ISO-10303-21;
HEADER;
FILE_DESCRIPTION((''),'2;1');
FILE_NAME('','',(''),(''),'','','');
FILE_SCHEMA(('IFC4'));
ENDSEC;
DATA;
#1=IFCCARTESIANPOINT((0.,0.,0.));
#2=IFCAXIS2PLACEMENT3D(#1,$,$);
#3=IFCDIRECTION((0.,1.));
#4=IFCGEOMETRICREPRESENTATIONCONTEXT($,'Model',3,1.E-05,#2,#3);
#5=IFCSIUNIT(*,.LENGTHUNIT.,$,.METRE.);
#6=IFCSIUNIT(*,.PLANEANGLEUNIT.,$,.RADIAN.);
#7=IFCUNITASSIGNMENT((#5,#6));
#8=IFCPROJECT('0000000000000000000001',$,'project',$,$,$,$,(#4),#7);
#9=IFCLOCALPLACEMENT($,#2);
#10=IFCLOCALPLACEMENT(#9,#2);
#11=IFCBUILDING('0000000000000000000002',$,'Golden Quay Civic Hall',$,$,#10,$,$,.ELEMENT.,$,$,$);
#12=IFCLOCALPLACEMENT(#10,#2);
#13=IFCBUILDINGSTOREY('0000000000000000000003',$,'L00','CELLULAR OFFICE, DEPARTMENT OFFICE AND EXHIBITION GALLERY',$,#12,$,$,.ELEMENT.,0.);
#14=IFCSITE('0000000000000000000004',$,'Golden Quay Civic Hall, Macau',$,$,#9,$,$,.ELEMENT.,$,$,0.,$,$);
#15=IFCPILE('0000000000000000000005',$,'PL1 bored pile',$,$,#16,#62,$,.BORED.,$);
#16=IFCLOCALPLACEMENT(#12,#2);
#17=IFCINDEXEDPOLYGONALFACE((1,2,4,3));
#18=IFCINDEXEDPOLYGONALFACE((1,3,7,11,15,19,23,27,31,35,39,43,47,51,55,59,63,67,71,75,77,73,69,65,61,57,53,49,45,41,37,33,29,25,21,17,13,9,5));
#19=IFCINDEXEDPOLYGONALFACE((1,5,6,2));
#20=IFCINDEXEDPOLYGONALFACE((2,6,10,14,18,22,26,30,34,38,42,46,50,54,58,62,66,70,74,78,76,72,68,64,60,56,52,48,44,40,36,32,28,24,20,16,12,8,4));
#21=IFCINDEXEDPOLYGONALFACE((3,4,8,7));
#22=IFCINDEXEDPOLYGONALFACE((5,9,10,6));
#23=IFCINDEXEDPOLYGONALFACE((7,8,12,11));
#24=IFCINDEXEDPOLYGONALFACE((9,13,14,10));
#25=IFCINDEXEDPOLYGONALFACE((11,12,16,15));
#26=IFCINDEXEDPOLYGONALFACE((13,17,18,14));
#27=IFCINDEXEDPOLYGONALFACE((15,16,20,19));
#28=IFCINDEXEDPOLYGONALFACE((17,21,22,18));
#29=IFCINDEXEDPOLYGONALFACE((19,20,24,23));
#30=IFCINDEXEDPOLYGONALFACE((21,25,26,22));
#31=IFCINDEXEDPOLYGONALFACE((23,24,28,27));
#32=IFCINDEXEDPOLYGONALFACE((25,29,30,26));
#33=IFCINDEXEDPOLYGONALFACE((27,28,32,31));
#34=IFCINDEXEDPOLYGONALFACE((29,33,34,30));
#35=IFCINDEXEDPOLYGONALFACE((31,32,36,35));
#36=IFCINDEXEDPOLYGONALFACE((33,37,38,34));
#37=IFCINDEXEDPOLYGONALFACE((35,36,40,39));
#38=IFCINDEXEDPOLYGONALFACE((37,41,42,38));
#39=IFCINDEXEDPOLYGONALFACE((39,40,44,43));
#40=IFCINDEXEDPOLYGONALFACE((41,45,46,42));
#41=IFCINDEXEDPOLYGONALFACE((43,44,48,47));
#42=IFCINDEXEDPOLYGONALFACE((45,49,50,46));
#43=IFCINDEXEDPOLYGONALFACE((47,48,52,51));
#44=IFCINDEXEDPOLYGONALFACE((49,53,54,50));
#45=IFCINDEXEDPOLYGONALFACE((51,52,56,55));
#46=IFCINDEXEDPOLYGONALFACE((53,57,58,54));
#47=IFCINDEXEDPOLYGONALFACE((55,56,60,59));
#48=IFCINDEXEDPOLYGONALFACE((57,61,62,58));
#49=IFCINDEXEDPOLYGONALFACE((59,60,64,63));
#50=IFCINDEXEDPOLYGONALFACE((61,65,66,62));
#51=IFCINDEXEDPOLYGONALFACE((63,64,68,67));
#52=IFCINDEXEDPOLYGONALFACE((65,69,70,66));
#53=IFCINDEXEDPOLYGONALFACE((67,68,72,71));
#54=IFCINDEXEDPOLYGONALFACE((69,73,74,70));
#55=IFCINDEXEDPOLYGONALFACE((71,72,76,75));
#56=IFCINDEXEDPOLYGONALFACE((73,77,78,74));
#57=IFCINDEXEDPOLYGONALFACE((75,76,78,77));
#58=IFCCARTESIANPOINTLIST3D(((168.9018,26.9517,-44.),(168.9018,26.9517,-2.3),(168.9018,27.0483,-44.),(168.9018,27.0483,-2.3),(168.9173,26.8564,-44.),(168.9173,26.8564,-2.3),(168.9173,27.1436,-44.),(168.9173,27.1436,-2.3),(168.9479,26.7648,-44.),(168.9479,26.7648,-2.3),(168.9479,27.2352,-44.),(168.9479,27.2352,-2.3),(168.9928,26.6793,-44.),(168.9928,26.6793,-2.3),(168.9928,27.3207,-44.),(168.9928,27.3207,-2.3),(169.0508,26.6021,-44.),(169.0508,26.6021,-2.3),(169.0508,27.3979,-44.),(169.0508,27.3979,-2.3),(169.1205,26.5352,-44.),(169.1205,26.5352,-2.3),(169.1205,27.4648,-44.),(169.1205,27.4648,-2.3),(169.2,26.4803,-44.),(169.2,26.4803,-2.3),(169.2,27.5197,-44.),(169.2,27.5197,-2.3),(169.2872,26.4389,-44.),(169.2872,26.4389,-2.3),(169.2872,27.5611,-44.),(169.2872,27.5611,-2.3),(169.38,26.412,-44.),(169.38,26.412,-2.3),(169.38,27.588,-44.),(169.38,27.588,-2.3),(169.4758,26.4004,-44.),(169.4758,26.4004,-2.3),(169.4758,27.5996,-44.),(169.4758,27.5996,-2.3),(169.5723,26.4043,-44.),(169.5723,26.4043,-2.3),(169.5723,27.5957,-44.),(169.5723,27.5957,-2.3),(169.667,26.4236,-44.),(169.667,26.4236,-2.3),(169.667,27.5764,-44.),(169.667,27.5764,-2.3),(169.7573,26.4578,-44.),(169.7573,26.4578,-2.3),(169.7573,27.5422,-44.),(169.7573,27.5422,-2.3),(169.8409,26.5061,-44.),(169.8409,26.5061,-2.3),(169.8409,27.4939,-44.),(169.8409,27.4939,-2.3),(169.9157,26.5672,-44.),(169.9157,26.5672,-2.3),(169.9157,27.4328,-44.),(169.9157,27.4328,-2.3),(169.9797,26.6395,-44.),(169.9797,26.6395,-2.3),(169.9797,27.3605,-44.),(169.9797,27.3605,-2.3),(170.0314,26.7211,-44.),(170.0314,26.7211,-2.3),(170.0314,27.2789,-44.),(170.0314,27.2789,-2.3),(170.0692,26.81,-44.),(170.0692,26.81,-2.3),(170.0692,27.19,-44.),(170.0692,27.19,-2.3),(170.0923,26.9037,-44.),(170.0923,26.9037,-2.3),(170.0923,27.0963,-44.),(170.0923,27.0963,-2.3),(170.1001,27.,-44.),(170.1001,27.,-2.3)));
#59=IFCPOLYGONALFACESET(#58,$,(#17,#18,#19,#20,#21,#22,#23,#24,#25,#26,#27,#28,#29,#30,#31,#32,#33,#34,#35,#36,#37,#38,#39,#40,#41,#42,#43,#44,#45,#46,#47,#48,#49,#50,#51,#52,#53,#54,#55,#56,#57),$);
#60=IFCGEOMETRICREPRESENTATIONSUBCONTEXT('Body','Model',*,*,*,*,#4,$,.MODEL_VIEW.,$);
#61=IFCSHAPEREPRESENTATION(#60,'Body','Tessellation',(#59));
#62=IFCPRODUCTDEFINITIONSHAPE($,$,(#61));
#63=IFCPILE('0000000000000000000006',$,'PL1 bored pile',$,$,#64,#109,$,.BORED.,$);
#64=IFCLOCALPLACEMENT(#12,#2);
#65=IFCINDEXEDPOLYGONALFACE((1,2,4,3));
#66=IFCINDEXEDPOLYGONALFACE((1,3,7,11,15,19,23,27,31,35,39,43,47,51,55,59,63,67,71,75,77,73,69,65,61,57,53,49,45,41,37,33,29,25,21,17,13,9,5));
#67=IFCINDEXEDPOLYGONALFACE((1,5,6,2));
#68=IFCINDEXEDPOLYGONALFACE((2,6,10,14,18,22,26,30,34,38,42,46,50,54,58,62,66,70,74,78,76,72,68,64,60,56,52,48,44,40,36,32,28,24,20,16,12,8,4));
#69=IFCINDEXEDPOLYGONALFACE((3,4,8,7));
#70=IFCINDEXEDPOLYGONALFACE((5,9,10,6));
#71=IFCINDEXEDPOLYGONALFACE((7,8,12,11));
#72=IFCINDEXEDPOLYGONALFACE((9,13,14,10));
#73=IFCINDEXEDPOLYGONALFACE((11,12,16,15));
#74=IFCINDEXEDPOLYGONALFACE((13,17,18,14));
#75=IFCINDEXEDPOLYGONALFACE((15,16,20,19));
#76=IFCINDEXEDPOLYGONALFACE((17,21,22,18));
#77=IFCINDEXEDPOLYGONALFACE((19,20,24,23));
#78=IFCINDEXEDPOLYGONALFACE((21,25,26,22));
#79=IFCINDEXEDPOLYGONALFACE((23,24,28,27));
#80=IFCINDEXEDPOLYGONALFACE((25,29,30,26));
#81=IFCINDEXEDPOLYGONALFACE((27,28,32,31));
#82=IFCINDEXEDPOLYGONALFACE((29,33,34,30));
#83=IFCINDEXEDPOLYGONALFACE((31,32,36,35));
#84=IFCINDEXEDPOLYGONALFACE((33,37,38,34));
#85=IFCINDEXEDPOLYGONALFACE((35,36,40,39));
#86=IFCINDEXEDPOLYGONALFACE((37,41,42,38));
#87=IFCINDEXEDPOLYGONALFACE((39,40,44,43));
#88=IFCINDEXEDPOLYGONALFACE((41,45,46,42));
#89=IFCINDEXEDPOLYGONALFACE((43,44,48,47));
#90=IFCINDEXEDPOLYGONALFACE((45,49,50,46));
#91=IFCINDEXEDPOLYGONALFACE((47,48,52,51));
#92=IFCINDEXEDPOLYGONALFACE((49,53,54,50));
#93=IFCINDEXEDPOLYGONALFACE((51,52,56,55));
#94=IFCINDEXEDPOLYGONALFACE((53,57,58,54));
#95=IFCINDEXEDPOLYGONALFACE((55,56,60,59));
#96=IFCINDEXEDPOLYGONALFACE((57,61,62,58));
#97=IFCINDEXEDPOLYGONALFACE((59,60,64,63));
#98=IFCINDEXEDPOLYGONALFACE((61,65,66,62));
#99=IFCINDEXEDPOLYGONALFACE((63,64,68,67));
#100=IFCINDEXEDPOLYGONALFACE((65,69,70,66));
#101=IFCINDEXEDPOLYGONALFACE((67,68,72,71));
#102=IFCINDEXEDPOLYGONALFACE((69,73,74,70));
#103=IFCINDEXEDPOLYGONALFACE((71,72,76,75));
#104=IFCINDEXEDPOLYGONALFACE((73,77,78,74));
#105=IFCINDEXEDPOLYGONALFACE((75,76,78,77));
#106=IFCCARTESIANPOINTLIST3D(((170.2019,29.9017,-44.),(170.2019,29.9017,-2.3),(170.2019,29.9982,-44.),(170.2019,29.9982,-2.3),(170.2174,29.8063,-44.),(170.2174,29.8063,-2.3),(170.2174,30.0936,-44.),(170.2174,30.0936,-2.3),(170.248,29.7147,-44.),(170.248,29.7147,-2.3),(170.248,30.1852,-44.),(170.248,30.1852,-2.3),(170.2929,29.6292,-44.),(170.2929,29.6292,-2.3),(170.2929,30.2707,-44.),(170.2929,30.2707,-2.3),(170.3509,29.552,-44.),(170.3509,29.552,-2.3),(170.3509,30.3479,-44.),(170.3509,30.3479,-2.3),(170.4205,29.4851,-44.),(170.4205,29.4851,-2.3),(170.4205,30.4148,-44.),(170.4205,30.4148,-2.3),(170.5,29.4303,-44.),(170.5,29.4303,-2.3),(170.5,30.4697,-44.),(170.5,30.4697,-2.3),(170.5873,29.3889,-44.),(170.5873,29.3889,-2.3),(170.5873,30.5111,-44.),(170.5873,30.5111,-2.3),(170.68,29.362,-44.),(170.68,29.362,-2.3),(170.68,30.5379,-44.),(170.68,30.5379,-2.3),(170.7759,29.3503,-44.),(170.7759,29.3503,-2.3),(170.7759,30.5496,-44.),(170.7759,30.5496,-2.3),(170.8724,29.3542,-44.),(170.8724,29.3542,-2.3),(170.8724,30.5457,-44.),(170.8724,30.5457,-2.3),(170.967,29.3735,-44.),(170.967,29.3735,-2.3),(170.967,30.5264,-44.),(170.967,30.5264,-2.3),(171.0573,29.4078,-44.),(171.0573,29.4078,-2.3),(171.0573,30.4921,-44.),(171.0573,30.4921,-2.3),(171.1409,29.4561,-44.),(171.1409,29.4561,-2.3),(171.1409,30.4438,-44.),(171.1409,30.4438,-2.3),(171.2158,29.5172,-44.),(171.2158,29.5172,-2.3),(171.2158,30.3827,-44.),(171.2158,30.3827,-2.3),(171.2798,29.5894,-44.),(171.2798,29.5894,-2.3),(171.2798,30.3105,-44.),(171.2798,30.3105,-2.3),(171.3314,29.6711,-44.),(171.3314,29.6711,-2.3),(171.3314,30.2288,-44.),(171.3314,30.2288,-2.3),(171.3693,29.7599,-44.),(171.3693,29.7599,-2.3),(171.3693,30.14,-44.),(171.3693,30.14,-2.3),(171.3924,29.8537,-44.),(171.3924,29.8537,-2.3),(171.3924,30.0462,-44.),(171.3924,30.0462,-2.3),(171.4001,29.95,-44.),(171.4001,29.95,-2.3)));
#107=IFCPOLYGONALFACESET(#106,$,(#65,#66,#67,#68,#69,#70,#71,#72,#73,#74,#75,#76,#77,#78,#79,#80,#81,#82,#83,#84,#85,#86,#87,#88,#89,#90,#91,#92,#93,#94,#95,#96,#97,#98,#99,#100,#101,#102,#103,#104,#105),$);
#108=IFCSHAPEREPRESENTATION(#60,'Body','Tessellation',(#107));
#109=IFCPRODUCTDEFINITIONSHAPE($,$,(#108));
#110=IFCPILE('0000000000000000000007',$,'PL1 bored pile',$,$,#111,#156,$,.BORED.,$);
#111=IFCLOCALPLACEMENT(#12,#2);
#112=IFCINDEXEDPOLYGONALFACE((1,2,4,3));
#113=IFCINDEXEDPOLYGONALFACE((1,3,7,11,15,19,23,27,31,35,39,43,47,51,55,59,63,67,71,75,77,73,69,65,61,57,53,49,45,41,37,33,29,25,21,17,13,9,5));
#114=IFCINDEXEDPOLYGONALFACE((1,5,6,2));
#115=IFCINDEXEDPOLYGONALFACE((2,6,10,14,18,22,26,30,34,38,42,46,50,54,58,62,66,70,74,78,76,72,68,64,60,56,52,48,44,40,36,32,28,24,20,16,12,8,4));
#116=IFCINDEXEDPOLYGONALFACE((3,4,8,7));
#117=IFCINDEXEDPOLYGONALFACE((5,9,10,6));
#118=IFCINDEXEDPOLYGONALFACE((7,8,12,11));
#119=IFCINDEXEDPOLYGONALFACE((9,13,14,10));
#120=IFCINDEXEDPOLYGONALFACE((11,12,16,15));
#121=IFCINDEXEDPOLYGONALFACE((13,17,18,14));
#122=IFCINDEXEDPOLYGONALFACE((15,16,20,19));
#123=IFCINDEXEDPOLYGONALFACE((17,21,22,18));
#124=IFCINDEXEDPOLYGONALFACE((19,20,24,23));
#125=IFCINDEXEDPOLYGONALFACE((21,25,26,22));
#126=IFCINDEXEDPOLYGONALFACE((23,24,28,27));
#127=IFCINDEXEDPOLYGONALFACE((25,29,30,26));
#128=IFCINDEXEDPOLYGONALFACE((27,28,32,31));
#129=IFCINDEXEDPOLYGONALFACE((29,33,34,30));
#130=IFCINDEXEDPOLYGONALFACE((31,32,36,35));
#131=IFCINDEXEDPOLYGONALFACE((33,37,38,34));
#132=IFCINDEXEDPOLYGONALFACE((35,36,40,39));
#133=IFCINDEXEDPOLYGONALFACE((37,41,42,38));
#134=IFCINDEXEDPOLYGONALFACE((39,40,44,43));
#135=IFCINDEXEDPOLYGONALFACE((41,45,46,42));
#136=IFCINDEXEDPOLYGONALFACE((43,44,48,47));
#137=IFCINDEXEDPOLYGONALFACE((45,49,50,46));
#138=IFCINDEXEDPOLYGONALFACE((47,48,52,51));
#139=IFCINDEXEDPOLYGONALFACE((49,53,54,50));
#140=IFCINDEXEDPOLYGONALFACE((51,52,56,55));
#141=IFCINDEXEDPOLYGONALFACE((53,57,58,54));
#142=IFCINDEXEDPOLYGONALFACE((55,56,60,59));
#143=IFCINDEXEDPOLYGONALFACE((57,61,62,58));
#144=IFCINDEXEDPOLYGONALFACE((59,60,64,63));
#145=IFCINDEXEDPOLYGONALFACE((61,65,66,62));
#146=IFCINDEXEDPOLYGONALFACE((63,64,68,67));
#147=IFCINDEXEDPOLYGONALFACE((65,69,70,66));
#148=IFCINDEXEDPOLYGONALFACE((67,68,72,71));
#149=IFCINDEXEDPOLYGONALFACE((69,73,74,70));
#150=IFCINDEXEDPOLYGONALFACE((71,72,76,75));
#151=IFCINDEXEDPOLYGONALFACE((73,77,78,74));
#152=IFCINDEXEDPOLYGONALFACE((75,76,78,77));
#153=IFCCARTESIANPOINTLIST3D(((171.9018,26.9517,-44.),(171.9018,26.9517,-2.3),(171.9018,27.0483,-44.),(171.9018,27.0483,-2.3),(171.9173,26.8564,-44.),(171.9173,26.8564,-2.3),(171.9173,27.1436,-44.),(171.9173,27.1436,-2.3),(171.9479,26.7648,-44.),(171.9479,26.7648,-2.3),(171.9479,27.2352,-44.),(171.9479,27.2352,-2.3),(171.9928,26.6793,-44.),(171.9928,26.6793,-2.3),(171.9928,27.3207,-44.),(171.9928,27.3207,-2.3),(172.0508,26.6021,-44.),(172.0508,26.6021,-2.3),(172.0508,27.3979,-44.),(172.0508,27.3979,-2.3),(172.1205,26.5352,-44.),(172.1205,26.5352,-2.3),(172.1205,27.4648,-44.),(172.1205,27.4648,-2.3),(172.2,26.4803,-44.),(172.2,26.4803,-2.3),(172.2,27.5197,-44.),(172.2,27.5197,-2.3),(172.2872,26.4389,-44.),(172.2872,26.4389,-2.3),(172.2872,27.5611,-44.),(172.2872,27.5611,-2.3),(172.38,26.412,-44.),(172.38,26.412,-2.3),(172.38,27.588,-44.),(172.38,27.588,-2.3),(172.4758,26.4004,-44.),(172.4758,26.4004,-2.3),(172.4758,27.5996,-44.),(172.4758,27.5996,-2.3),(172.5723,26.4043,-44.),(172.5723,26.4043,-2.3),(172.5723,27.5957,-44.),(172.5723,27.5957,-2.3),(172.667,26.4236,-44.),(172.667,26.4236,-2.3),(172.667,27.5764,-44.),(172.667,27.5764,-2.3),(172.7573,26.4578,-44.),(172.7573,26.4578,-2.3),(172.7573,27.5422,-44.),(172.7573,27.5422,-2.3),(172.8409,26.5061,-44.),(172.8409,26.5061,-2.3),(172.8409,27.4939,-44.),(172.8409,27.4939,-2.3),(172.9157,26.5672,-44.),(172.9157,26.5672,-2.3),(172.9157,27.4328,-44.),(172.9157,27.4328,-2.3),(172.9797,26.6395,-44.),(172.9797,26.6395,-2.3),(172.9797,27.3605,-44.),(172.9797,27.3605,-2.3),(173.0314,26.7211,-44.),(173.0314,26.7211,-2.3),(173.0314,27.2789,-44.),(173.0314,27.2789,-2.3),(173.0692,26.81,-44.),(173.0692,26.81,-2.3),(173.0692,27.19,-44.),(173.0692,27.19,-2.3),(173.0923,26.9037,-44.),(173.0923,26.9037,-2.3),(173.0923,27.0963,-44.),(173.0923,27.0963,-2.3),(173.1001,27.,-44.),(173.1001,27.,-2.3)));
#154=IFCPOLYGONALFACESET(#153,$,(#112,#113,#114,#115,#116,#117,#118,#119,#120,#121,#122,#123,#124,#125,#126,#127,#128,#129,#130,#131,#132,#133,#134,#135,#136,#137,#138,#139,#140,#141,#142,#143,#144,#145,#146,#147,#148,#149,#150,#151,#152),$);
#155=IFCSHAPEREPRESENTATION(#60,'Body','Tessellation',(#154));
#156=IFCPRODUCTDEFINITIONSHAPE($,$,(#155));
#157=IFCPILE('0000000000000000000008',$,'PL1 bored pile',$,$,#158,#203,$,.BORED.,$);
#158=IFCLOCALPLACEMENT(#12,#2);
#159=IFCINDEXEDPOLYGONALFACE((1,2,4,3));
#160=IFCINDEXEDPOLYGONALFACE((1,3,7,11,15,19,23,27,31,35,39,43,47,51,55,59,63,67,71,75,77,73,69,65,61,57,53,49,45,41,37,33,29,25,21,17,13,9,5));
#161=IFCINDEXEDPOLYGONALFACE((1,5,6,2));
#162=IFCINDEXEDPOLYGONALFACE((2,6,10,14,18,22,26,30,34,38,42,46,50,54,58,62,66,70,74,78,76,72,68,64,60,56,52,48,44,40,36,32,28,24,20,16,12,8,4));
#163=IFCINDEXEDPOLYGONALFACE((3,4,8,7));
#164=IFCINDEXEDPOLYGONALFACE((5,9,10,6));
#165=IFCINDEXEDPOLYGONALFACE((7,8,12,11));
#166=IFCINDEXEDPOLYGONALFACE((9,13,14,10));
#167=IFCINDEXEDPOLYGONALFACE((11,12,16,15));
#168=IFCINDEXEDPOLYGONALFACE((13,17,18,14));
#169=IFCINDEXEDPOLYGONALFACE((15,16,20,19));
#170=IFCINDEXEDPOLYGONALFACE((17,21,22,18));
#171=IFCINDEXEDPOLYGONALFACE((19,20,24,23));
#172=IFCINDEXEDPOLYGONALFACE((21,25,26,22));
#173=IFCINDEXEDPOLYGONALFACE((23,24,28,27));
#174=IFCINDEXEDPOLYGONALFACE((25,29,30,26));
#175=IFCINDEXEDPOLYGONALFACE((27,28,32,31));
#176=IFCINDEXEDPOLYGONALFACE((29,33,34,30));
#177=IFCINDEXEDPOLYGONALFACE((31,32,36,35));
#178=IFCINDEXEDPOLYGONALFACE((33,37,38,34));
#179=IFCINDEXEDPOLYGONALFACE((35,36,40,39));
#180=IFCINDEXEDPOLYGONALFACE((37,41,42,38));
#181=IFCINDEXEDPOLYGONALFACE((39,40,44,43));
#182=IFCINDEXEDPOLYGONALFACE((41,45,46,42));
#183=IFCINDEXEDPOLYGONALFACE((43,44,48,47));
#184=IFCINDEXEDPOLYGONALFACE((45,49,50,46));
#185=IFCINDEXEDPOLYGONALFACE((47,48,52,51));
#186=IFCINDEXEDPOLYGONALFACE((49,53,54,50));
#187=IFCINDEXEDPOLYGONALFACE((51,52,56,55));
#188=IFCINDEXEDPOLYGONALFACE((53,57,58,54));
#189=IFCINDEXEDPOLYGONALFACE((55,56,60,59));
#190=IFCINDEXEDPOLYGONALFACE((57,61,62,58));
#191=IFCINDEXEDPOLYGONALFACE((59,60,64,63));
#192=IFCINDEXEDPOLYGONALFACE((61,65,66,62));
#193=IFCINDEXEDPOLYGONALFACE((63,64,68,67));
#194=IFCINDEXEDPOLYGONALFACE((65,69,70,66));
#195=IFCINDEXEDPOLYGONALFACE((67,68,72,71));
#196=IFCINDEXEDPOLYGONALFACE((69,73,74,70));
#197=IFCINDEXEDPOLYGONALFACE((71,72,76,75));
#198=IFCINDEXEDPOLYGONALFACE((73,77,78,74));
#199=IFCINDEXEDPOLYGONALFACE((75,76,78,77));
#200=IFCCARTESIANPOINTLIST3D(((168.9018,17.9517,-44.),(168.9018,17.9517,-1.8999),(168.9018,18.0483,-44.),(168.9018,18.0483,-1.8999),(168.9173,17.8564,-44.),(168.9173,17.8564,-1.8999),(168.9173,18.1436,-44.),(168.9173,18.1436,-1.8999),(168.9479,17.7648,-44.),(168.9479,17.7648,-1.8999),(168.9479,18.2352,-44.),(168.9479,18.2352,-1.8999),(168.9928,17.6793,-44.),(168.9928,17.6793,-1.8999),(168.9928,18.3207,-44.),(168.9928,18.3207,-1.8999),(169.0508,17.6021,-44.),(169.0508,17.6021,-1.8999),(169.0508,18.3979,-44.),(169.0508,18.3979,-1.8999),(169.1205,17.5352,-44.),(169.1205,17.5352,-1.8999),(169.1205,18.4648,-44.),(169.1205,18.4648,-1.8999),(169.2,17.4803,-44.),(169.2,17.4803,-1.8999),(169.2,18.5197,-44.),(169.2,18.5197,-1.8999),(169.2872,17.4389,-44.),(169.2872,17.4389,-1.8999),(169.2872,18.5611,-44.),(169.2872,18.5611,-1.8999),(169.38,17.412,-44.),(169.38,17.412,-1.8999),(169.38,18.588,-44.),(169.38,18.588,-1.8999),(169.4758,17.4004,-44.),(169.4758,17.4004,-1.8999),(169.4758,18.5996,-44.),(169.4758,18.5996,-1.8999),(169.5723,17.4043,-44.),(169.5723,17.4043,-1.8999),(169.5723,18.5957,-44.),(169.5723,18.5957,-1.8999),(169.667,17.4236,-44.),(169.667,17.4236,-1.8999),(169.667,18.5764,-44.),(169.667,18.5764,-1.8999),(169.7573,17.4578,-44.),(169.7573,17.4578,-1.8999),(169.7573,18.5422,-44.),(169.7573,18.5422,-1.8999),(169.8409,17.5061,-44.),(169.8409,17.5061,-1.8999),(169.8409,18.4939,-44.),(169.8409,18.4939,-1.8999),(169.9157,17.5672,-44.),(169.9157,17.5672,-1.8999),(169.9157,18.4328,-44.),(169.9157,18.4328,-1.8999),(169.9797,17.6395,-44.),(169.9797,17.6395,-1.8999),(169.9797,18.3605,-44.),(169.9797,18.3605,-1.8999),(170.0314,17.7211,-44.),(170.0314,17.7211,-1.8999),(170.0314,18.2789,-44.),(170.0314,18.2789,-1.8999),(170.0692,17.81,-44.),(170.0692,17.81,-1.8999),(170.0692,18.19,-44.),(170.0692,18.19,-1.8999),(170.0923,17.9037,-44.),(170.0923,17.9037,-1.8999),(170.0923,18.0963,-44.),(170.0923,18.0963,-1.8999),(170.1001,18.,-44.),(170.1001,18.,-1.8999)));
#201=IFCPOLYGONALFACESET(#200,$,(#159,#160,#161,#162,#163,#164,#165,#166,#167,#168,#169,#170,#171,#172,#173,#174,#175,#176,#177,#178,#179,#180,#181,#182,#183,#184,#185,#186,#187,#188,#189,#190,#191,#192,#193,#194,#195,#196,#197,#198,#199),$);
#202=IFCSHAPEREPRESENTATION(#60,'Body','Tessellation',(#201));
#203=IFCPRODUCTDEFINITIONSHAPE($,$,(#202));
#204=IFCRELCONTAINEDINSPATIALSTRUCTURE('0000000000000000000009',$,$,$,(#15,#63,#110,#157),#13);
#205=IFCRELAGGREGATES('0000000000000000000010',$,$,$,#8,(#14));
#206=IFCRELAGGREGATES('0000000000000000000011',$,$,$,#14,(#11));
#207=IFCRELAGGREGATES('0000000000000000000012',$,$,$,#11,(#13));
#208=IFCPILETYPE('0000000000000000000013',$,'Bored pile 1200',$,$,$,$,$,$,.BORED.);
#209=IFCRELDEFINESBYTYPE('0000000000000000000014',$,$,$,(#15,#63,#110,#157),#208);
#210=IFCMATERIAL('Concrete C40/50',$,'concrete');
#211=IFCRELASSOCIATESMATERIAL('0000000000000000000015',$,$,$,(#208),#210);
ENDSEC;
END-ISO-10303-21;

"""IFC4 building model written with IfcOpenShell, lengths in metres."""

from ifc_helpers import new_model, si_unit, direction, frame, origin, origin_2d, place, context, subcontext, project, spatial, circle, extrude, material, material_profile, profile_set, type_object, element, save


model = new_model("IFC4")

# Units and contexts
model_context = context("Model", 3, precision=1e-05, world=origin(), true_north=direction((0.0, 1.0)))
body_context = subcontext(model_context, "Body", "Model", "MODEL_VIEW")
ifc_project = project(units=[si_unit("LENGTHUNIT", "METRE"), si_unit("PLANEANGLEUNIT", "RADIAN")], contexts=[model_context])

# Site, building, storey
site_placement = place(None, origin())
site = spatial("IfcSite", under=ifc_project, at=site_placement, Name="Golden Quay Civic Hall, Macau", CompositionType="ELEMENT", RefElevation=0.0)
building_placement = place(site_placement, origin())
building = spatial("IfcBuilding", under=site, at=building_placement, Name="Golden Quay Civic Hall", CompositionType="ELEMENT")
storey_placement = place(building_placement, origin())
storey = spatial("IfcBuildingStorey", under=building, at=storey_placement, Name="L00", Description="CELLULAR OFFICE, DEPARTMENT OFFICE AND EXHIBITION GALLERY", CompositionType="ELEMENT", Elevation=0.0)

# Piles
ifc_material_1 = material(Name="Concrete C40/50", Category="concrete")
ifc_material_profile_1 = material_profile(ifc_material_1, circle(Radius=0.6001, at=origin_2d()), Name="RC D1200")
ifc_profile_set_1 = profile_set([ifc_material_profile_1], Name="Concrete C40/50")
pile_type = type_object("IfcPileType", Name="Bored pile 1200", PredefinedType="BORED", material=ifc_profile_set_1)
for number, where, z_axis, x_axis, name in (
    (1, (169.5, 27.0, -2.3), (0.0, 0.0, -1.0), (1.0, 0.0, 0.0), "PL1 bored pile"),
    (2, (170.8, 29.95, -2.3), (0.0, 0.0, -1.0), (1.0, 0.0, 0.0), "PL1 bored pile"),
    (3, (172.5, 27.0, -2.3), (0.0, 0.0, -1.0), (1.0, 0.0, 0.0), "PL1 bored pile"),
):
    element("IfcPile", number, at=place(storey_placement, frame(where, z_axis=z_axis, x_axis=x_axis)), inside=storey, type_object=pile_type, Name=name, PredefinedType="BORED", context=body_context, shape_type="SweptSolid", body=[
        extrude(circle(Radius=0.6001, at=origin_2d()), origin(), (0.0, 0.0, 1.0), 41.7),
    ])
for number, where, z_axis, x_axis, name in (
    (4, (169.5, 18.0, -1.8999), (0.0, 0.0, -1.0), (1.0, 0.0, 0.0), "PL1 bored pile"),
):
    element("IfcPile", number, at=place(storey_placement, frame(where, z_axis=z_axis, x_axis=x_axis)), inside=storey, type_object=pile_type, Name=name, PredefinedType="BORED", context=body_context, shape_type="SweptSolid", body=[
        extrude(circle(Radius=0.6001, at=origin_2d()), origin(), (0.0, 0.0, 1.0), 42.1001),
    ])

save(model, "model.ifc")
